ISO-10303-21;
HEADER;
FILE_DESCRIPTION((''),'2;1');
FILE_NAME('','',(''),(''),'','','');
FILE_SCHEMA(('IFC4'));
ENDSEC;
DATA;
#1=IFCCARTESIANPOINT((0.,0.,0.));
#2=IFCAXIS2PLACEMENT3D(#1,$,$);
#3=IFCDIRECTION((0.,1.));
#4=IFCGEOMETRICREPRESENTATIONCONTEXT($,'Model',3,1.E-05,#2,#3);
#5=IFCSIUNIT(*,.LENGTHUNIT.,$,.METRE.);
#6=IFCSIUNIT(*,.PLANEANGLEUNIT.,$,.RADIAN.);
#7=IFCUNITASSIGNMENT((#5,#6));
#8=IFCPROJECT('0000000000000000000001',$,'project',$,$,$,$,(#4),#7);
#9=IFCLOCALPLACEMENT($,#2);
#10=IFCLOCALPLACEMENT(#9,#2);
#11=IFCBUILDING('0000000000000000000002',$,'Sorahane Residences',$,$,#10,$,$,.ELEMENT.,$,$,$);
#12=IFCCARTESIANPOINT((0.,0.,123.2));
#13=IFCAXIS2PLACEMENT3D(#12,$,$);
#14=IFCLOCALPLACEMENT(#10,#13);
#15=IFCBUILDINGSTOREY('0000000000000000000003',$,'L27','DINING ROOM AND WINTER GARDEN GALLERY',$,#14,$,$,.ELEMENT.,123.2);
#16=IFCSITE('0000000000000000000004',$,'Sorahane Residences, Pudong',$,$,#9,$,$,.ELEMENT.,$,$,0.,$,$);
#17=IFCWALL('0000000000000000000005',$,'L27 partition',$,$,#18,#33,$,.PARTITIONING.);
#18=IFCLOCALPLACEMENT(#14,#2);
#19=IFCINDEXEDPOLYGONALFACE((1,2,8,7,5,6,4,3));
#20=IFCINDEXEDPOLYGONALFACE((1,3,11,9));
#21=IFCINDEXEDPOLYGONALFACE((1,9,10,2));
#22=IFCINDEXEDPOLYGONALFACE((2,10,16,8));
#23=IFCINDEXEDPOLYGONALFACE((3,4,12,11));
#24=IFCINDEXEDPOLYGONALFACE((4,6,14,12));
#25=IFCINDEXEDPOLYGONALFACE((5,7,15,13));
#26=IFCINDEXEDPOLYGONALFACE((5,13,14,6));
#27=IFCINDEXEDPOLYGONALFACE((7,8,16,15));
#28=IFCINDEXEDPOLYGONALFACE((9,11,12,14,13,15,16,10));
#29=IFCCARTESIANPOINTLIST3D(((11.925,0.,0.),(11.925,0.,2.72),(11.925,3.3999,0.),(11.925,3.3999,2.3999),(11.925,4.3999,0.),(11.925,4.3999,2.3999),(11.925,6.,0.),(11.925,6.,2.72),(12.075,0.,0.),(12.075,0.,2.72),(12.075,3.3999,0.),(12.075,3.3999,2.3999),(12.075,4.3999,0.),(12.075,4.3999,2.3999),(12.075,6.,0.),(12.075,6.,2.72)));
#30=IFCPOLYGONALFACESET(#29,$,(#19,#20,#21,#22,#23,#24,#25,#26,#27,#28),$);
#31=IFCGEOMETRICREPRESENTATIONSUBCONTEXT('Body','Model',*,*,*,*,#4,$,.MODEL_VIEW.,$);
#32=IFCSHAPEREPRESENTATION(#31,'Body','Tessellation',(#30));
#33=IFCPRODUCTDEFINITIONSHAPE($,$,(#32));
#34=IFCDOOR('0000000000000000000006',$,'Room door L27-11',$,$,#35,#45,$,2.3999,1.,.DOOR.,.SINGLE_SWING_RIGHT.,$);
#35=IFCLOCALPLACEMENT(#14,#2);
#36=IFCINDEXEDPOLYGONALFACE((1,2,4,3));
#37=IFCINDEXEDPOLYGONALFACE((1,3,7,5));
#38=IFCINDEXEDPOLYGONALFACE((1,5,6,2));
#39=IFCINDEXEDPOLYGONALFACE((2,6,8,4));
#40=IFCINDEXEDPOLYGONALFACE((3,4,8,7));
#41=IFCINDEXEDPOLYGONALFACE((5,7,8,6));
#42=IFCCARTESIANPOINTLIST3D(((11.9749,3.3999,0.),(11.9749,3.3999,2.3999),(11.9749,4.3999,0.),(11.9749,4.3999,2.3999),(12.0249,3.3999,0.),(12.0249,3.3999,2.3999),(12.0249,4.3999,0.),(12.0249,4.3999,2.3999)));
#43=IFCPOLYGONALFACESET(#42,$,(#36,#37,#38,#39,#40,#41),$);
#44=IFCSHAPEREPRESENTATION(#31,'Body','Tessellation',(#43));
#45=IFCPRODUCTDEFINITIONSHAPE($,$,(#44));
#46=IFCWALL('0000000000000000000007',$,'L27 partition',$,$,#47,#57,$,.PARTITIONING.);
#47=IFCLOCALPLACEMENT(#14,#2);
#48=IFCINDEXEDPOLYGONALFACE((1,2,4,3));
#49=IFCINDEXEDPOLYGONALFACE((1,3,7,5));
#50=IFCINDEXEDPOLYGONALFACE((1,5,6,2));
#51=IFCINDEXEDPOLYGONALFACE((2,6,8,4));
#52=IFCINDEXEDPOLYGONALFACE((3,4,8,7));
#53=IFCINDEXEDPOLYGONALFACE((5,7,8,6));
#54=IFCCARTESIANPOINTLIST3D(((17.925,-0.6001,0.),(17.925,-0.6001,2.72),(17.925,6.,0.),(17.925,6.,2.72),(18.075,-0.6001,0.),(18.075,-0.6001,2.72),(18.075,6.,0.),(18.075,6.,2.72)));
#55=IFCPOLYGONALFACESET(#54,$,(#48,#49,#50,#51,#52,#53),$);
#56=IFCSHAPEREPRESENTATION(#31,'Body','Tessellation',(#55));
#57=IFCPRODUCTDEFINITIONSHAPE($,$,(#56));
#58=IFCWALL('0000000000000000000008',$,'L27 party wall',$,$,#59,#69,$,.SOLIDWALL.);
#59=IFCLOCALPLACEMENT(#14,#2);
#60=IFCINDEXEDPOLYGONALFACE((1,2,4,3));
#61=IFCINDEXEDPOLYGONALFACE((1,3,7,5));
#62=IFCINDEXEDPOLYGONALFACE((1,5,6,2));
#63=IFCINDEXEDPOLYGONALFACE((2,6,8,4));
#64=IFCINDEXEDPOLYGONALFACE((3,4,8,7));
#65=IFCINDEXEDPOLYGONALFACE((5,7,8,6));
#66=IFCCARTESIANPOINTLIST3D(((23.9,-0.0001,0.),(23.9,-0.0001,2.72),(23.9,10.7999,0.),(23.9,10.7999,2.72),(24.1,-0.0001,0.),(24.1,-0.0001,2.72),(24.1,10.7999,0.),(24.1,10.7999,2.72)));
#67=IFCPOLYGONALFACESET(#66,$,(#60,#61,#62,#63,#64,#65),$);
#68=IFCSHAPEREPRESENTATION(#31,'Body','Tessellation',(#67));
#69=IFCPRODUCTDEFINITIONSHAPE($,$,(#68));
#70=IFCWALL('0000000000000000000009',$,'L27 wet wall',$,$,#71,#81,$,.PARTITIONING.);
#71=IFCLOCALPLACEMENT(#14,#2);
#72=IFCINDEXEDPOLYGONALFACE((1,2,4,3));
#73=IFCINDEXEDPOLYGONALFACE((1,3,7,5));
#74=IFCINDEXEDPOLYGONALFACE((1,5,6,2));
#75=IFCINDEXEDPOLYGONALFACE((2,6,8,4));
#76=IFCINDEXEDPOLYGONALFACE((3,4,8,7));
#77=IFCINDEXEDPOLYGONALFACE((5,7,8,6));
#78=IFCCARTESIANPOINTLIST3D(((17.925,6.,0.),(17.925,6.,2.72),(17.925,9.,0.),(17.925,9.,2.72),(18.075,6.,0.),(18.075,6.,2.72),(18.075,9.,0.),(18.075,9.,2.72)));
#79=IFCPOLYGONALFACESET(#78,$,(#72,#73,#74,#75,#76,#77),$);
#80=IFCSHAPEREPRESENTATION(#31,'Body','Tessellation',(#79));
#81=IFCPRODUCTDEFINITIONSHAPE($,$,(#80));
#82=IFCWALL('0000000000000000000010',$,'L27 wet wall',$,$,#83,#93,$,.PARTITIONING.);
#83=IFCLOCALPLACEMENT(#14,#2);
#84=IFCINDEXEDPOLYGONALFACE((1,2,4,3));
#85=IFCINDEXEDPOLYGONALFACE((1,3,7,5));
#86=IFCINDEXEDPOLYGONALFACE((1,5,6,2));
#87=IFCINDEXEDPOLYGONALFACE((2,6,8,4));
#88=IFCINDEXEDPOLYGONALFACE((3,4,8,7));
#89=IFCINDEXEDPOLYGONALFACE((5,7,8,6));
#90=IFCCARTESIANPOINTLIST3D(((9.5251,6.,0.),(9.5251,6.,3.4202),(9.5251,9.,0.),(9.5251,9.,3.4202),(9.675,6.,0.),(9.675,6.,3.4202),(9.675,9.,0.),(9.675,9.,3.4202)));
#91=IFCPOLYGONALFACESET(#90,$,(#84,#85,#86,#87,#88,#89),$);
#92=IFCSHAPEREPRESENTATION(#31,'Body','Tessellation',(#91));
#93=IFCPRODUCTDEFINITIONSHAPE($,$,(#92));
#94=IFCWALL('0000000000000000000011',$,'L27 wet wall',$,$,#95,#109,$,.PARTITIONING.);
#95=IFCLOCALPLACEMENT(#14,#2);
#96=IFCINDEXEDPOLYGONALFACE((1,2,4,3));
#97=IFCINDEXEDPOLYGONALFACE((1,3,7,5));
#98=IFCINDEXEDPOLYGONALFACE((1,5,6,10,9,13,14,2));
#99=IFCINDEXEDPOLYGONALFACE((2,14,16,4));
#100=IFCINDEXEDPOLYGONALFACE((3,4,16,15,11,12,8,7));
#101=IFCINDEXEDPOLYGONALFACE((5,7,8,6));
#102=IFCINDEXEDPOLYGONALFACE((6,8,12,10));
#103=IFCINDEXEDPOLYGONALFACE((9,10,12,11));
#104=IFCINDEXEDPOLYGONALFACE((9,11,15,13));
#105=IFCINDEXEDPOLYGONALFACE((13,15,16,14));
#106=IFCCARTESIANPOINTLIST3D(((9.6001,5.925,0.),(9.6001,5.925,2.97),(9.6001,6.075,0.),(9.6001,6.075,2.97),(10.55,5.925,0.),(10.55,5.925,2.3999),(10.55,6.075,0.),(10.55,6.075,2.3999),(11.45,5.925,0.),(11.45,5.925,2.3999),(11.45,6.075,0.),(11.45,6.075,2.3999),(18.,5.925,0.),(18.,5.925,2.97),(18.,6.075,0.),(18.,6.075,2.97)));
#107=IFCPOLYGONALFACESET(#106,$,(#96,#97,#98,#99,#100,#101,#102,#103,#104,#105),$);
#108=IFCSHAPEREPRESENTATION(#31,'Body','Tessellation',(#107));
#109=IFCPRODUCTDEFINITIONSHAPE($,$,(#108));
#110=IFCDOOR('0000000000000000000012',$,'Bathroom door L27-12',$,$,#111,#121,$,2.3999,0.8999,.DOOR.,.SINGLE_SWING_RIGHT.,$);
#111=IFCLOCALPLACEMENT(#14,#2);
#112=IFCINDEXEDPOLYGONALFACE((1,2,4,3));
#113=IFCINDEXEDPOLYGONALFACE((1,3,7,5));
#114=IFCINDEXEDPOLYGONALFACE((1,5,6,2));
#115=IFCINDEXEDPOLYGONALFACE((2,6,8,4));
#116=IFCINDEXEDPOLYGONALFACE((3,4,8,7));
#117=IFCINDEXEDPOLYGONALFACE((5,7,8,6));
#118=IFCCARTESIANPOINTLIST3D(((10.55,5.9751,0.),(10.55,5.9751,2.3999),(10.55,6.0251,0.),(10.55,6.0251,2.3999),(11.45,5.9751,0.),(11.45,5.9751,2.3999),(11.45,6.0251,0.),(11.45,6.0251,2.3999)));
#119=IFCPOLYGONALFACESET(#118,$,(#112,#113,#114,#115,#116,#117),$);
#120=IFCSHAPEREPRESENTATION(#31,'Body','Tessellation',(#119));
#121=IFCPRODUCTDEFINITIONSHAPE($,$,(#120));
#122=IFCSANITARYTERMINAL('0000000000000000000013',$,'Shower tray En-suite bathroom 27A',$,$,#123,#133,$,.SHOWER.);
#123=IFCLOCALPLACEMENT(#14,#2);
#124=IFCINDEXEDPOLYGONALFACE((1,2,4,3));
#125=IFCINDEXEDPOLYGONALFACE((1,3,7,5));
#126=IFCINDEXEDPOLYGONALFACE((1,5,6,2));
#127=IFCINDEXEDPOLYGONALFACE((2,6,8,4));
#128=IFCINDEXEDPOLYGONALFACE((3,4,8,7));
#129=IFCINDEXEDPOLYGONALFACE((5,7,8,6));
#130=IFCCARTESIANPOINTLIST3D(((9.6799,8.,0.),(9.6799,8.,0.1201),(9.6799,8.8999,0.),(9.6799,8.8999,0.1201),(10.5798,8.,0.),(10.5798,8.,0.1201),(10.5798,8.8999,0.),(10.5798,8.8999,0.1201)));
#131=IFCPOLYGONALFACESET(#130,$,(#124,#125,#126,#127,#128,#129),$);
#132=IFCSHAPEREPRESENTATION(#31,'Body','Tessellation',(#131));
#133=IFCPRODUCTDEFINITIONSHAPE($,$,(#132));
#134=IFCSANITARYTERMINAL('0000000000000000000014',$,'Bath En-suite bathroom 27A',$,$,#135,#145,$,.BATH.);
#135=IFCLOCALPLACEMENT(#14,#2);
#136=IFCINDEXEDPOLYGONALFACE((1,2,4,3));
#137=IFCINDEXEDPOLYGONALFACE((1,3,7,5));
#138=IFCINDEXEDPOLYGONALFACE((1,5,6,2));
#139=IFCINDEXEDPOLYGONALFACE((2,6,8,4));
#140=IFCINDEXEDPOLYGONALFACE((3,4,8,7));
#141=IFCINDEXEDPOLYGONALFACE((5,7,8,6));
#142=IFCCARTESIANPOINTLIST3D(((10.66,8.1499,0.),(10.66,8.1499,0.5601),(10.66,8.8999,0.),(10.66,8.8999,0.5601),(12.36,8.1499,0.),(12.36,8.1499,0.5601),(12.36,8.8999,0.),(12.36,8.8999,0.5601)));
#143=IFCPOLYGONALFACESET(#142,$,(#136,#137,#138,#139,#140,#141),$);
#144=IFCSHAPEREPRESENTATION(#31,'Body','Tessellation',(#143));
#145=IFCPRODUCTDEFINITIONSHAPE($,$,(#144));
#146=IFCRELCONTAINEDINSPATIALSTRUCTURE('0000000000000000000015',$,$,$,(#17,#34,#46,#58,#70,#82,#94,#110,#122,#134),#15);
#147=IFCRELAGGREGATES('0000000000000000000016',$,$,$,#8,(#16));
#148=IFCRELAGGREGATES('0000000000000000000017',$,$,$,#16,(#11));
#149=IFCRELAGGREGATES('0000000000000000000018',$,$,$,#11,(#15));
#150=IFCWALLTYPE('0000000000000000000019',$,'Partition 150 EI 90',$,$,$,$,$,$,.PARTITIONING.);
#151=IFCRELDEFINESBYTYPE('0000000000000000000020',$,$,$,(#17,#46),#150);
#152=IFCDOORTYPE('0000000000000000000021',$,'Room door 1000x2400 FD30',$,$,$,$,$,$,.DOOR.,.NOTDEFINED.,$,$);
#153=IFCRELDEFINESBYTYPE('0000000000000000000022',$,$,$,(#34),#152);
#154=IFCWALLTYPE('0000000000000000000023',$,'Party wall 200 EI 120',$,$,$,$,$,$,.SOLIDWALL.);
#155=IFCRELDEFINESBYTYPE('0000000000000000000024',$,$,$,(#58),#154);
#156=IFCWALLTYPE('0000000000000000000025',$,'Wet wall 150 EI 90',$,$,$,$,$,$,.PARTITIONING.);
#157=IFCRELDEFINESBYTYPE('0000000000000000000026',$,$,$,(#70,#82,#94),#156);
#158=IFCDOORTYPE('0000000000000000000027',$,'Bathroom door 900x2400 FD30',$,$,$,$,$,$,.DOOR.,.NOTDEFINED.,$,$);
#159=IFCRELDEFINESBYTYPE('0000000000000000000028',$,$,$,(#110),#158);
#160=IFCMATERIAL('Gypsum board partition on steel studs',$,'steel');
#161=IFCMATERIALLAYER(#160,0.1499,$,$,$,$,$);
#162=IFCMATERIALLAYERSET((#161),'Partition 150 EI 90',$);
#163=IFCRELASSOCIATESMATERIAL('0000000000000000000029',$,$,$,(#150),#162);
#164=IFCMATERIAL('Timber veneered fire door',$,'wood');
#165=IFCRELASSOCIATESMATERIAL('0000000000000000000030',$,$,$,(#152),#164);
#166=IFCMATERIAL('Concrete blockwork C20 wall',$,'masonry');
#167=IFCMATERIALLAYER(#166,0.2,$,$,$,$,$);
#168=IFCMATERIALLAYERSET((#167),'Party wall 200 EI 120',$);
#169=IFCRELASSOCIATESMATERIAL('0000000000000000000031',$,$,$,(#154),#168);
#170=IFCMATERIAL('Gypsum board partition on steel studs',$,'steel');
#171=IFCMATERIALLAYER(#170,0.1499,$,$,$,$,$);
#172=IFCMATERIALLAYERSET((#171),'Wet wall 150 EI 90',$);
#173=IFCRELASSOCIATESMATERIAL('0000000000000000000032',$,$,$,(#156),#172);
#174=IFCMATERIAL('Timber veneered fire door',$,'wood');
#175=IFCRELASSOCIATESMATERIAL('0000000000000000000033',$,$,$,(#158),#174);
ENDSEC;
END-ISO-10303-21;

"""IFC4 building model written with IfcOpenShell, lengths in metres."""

from ifc_helpers import new_model, si_unit, direction, frame, frame_2d, origin, origin_2d, place, context, subcontext, project, spatial, rectangle, extrude, material, layer, layer_set, type_object, element, fill, save


model = new_model("IFC4")

# Units and contexts
model_context = context("Model", 3, precision=1e-05, world=origin(), true_north=direction((0.0, 1.0)))
body_context = subcontext(model_context, "Body", "Model", "MODEL_VIEW")
ifc_project = project(units=[si_unit("LENGTHUNIT", "METRE"), si_unit("PLANEANGLEUNIT", "RADIAN")], contexts=[model_context])

# Site, building, storey
site_placement = place(None, origin())
site = spatial("IfcSite", under=ifc_project, at=site_placement, Name="Sorahane Residences, Pudong", CompositionType="ELEMENT", RefElevation=0.0)
building_placement = place(site_placement, origin())
building = spatial("IfcBuilding", under=site, at=building_placement, Name="Sorahane Residences", CompositionType="ELEMENT")
storey_placement = place(building_placement, frame((0.0, 0.0, 123.2)))
storey = spatial("IfcBuildingStorey", under=building, at=storey_placement, Name="L27", Description="DINING ROOM AND WINTER GARDEN GALLERY", CompositionType="ELEMENT", Elevation=123.2)

# Wall, opening, door
ifc_material_1 = material(Name="Gypsum board partition on steel studs", Category="steel")
ifc_layer_1 = layer(ifc_material_1, 0.1499)
ifc_layer_set_1 = layer_set([ifc_layer_1], Name="Partition 150 EI 90")
wall_type_1 = type_object("IfcWallType", Name="Partition 150 EI 90", PredefinedType="PARTITIONING", material=ifc_layer_set_1)
wall_1_placement = place(storey_placement, frame((12.0, 0.0, 0.0), z_axis=(0.0, 0.0, 1.0), x_axis=(0.0, 1.0, 0.0)))
wall_1 = element("IfcWall", 1, at=wall_1_placement, inside=storey, type_object=wall_type_1, Name="L27 partition", PredefinedType="PARTITIONING", context=body_context, shape_type="SweptSolid", body=[
    extrude(rectangle(XDim=6.0, YDim=0.1499, at=frame_2d((3.0, 0.0))), origin(), (0.0, 0.0, 1.0), 2.72),
])
opening_1_placement = place(wall_1_placement, frame((3.3999, 0.0, 0.0)))
opening_1 = element("IfcOpeningElement", 2, at=opening_1_placement, cuts=wall_1, PredefinedType="OPENING", context=body_context, shape_type="SweptSolid", body=[
    extrude(rectangle(XDim=1.0, YDim=2.3999, at=frame_2d((0.5, 1.2))), frame((0.0, 0.085, 0.0), z_axis=(0.0, -1.0, 0.0), x_axis=(1.0, 0.0, 0.0)), (0.0, 0.0, 1.0), 0.1699),
])
ifc_material_2 = material(Name="Timber veneered fire door", Category="wood")
door_type_1 = type_object("IfcDoorType", Name="Room door 1000x2400 FD30", OperationType="NOTDEFINED", PredefinedType="DOOR", material=ifc_material_2)
door_1_placement = place(opening_1_placement, frame((1.0, 0.0, 0.0), z_axis=(0.0, 0.0, 1.0), x_axis=(-1.0, 0.0, 0.0)))
door_1 = element("IfcDoor", 3, at=door_1_placement, inside=storey, type_object=door_type_1, Name="Room door L27-11", OperationType="SINGLE_SWING_RIGHT", OverallHeight=2.3999, OverallWidth=1.0, PredefinedType="DOOR", context=body_context, shape_type="SweptSolid", body=[
    extrude(rectangle(XDim=1.0, YDim=2.3999, at=frame_2d((0.5, 1.2))), frame((0.0, 0.0249, 0.0), z_axis=(0.0, -1.0, 0.0), x_axis=(1.0, 0.0, 0.0)), (0.0, 0.0, 1.0), 0.05),
])
fill(opening_1, door_1)

# Walls
wall_2_placement = place(storey_placement, frame((18.0, -0.6001, 0.0), z_axis=(0.0, 0.0, 1.0), x_axis=(0.0, 1.0, 0.0)))
element("IfcWall", 4, at=wall_2_placement, inside=storey, type_object=wall_type_1, Name="L27 partition", PredefinedType="PARTITIONING", context=body_context, shape_type="SweptSolid", body=[
    extrude(rectangle(XDim=6.6001, YDim=0.1499, at=frame_2d((3.3, 0.0))), origin(), (0.0, 0.0, 1.0), 2.72),
])
ifc_material_3 = material(Name="Concrete blockwork C20 wall", Category="masonry")
ifc_layer_2 = layer(ifc_material_3, 0.2)
ifc_layer_set_2 = layer_set([ifc_layer_2], Name="Party wall 200 EI 120")
wall_type_2 = type_object("IfcWallType", Name="Party wall 200 EI 120", PredefinedType="SOLIDWALL", material=ifc_layer_set_2)
wall_3_placement = place(storey_placement, frame((24.0, 0.0, 0.0), z_axis=(0.0, 0.0, 1.0), x_axis=(0.0, 1.0, 0.0)))
element("IfcWall", 5, at=wall_3_placement, inside=storey, type_object=wall_type_2, Name="L27 party wall", PredefinedType="SOLIDWALL", context=body_context, shape_type="SweptSolid", body=[
    extrude(rectangle(XDim=10.8, YDim=0.2, at=frame_2d((5.3999, 0.0))), origin(), (0.0, 0.0, 1.0), 2.72),
])
ifc_material_4 = material(Name="Gypsum board partition on steel studs", Category="steel")
ifc_layer_3 = layer(ifc_material_4, 0.1499)
ifc_layer_set_3 = layer_set([ifc_layer_3], Name="Wet wall 150 EI 90")
wall_type_3 = type_object("IfcWallType", Name="Wet wall 150 EI 90", PredefinedType="PARTITIONING", material=ifc_layer_set_3)
wall_4_placement = place(storey_placement, frame((18.0, 6.0, 0.0), z_axis=(0.0, 0.0, 1.0), x_axis=(0.0, 1.0, 0.0)))
element("IfcWall", 6, at=wall_4_placement, inside=storey, type_object=wall_type_3, Name="L27 wet wall", PredefinedType="PARTITIONING", context=body_context, shape_type="SweptSolid", body=[
    extrude(rectangle(XDim=3.0, YDim=0.1499, at=frame_2d((1.5, 0.0))), origin(), (0.0, 0.0, 1.0), 2.72),
])
wall_5_placement = place(storey_placement, frame((9.6001, 6.0, 0.0), z_axis=(0.0, 0.0, 1.0), x_axis=(0.0, 1.0, 0.0)))
element("IfcWall", 7, at=wall_5_placement, inside=storey, type_object=wall_type_3, Name="L27 wet wall", PredefinedType="PARTITIONING", context=body_context, shape_type="SweptSolid", body=[
    extrude(rectangle(XDim=3.0, YDim=0.1499, at=frame_2d((1.5, 0.0))), origin(), (0.0, 0.0, 1.0), 3.4202),
])

# Wall, opening, door
wall_6_placement = place(storey_placement, frame((9.6001, 6.0, 0.0), z_axis=(0.0, 0.0, 1.0), x_axis=(1.0, 0.0, 0.0)))
wall_6 = element("IfcWall", 8, at=wall_6_placement, inside=storey, type_object=wall_type_3, Name="L27 wet wall", PredefinedType="PARTITIONING", context=body_context, shape_type="SweptSolid", body=[
    extrude(rectangle(XDim=8.3999, YDim=0.1499, at=frame_2d((4.2, 0.0))), origin(), (0.0, 0.0, 1.0), 2.97),
])
opening_2_placement = place(wall_6_placement, frame((0.95, 0.0, 0.0)))
opening_2 = element("IfcOpeningElement", 9, at=opening_2_placement, cuts=wall_6, PredefinedType="OPENING", context=body_context, shape_type="SweptSolid", body=[
    extrude(rectangle(XDim=0.8999, YDim=2.3999, at=frame_2d((0.45, 1.2))), frame((0.0, 0.085, 0.0), z_axis=(0.0, -1.0, 0.0), x_axis=(1.0, 0.0, 0.0)), (0.0, 0.0, 1.0), 0.1699),
])
ifc_material_5 = material(Name="Timber veneered fire door", Category="wood")
door_type_2 = type_object("IfcDoorType", Name="Bathroom door 900x2400 FD30", OperationType="NOTDEFINED", PredefinedType="DOOR", material=ifc_material_5)
door_2_placement = place(opening_2_placement, frame((0.8999, 0.0, 0.0), z_axis=(0.0, 0.0, 1.0), x_axis=(-1.0, 0.0, 0.0)))
door_2 = element("IfcDoor", 10, at=door_2_placement, inside=storey, type_object=door_type_2, Name="Bathroom door L27-12", OperationType="SINGLE_SWING_RIGHT", OverallHeight=2.3999, OverallWidth=0.8999, PredefinedType="DOOR", context=body_context, shape_type="SweptSolid", body=[
    extrude(rectangle(XDim=0.8999, YDim=2.3999, at=frame_2d((0.45, 1.2))), frame((0.0, 0.0249, 0.0), z_axis=(0.0, -1.0, 0.0), x_axis=(1.0, 0.0, 0.0)), (0.0, 0.0, 1.0), 0.05),
])
fill(opening_2, door_2)

# Sanitary terminals
sanitary_terminal_1_placement = place(storey_placement, frame((10.1299, 8.45, 0.0), z_axis=(0.0, 0.0, 1.0), x_axis=(1.0, 0.0, 0.0)))
element("IfcSanitaryTerminal", 11, at=sanitary_terminal_1_placement, inside=storey, Name="Shower tray En-suite bathroom 27A", PredefinedType="SHOWER", context=body_context, shape_type="SweptSolid", body=[
    extrude(rectangle(XDim=0.8999, YDim=0.8999, at=origin_2d()), origin(), (0.0, 0.0, 1.0), 0.1201),
])
sanitary_terminal_2_placement = place(storey_placement, frame((11.51, 8.5249, 0.0), z_axis=(0.0, 0.0, 1.0), x_axis=(1.0, 0.0, 0.0)))
element("IfcSanitaryTerminal", 12, at=sanitary_terminal_2_placement, inside=storey, Name="Bath En-suite bathroom 27A", PredefinedType="BATH", context=body_context, shape_type="SweptSolid", body=[
    extrude(rectangle(XDim=1.7, YDim=0.75, at=origin_2d()), origin(), (0.0, 0.0, 1.0), 0.5601),
])

save(model, "model.ifc")
